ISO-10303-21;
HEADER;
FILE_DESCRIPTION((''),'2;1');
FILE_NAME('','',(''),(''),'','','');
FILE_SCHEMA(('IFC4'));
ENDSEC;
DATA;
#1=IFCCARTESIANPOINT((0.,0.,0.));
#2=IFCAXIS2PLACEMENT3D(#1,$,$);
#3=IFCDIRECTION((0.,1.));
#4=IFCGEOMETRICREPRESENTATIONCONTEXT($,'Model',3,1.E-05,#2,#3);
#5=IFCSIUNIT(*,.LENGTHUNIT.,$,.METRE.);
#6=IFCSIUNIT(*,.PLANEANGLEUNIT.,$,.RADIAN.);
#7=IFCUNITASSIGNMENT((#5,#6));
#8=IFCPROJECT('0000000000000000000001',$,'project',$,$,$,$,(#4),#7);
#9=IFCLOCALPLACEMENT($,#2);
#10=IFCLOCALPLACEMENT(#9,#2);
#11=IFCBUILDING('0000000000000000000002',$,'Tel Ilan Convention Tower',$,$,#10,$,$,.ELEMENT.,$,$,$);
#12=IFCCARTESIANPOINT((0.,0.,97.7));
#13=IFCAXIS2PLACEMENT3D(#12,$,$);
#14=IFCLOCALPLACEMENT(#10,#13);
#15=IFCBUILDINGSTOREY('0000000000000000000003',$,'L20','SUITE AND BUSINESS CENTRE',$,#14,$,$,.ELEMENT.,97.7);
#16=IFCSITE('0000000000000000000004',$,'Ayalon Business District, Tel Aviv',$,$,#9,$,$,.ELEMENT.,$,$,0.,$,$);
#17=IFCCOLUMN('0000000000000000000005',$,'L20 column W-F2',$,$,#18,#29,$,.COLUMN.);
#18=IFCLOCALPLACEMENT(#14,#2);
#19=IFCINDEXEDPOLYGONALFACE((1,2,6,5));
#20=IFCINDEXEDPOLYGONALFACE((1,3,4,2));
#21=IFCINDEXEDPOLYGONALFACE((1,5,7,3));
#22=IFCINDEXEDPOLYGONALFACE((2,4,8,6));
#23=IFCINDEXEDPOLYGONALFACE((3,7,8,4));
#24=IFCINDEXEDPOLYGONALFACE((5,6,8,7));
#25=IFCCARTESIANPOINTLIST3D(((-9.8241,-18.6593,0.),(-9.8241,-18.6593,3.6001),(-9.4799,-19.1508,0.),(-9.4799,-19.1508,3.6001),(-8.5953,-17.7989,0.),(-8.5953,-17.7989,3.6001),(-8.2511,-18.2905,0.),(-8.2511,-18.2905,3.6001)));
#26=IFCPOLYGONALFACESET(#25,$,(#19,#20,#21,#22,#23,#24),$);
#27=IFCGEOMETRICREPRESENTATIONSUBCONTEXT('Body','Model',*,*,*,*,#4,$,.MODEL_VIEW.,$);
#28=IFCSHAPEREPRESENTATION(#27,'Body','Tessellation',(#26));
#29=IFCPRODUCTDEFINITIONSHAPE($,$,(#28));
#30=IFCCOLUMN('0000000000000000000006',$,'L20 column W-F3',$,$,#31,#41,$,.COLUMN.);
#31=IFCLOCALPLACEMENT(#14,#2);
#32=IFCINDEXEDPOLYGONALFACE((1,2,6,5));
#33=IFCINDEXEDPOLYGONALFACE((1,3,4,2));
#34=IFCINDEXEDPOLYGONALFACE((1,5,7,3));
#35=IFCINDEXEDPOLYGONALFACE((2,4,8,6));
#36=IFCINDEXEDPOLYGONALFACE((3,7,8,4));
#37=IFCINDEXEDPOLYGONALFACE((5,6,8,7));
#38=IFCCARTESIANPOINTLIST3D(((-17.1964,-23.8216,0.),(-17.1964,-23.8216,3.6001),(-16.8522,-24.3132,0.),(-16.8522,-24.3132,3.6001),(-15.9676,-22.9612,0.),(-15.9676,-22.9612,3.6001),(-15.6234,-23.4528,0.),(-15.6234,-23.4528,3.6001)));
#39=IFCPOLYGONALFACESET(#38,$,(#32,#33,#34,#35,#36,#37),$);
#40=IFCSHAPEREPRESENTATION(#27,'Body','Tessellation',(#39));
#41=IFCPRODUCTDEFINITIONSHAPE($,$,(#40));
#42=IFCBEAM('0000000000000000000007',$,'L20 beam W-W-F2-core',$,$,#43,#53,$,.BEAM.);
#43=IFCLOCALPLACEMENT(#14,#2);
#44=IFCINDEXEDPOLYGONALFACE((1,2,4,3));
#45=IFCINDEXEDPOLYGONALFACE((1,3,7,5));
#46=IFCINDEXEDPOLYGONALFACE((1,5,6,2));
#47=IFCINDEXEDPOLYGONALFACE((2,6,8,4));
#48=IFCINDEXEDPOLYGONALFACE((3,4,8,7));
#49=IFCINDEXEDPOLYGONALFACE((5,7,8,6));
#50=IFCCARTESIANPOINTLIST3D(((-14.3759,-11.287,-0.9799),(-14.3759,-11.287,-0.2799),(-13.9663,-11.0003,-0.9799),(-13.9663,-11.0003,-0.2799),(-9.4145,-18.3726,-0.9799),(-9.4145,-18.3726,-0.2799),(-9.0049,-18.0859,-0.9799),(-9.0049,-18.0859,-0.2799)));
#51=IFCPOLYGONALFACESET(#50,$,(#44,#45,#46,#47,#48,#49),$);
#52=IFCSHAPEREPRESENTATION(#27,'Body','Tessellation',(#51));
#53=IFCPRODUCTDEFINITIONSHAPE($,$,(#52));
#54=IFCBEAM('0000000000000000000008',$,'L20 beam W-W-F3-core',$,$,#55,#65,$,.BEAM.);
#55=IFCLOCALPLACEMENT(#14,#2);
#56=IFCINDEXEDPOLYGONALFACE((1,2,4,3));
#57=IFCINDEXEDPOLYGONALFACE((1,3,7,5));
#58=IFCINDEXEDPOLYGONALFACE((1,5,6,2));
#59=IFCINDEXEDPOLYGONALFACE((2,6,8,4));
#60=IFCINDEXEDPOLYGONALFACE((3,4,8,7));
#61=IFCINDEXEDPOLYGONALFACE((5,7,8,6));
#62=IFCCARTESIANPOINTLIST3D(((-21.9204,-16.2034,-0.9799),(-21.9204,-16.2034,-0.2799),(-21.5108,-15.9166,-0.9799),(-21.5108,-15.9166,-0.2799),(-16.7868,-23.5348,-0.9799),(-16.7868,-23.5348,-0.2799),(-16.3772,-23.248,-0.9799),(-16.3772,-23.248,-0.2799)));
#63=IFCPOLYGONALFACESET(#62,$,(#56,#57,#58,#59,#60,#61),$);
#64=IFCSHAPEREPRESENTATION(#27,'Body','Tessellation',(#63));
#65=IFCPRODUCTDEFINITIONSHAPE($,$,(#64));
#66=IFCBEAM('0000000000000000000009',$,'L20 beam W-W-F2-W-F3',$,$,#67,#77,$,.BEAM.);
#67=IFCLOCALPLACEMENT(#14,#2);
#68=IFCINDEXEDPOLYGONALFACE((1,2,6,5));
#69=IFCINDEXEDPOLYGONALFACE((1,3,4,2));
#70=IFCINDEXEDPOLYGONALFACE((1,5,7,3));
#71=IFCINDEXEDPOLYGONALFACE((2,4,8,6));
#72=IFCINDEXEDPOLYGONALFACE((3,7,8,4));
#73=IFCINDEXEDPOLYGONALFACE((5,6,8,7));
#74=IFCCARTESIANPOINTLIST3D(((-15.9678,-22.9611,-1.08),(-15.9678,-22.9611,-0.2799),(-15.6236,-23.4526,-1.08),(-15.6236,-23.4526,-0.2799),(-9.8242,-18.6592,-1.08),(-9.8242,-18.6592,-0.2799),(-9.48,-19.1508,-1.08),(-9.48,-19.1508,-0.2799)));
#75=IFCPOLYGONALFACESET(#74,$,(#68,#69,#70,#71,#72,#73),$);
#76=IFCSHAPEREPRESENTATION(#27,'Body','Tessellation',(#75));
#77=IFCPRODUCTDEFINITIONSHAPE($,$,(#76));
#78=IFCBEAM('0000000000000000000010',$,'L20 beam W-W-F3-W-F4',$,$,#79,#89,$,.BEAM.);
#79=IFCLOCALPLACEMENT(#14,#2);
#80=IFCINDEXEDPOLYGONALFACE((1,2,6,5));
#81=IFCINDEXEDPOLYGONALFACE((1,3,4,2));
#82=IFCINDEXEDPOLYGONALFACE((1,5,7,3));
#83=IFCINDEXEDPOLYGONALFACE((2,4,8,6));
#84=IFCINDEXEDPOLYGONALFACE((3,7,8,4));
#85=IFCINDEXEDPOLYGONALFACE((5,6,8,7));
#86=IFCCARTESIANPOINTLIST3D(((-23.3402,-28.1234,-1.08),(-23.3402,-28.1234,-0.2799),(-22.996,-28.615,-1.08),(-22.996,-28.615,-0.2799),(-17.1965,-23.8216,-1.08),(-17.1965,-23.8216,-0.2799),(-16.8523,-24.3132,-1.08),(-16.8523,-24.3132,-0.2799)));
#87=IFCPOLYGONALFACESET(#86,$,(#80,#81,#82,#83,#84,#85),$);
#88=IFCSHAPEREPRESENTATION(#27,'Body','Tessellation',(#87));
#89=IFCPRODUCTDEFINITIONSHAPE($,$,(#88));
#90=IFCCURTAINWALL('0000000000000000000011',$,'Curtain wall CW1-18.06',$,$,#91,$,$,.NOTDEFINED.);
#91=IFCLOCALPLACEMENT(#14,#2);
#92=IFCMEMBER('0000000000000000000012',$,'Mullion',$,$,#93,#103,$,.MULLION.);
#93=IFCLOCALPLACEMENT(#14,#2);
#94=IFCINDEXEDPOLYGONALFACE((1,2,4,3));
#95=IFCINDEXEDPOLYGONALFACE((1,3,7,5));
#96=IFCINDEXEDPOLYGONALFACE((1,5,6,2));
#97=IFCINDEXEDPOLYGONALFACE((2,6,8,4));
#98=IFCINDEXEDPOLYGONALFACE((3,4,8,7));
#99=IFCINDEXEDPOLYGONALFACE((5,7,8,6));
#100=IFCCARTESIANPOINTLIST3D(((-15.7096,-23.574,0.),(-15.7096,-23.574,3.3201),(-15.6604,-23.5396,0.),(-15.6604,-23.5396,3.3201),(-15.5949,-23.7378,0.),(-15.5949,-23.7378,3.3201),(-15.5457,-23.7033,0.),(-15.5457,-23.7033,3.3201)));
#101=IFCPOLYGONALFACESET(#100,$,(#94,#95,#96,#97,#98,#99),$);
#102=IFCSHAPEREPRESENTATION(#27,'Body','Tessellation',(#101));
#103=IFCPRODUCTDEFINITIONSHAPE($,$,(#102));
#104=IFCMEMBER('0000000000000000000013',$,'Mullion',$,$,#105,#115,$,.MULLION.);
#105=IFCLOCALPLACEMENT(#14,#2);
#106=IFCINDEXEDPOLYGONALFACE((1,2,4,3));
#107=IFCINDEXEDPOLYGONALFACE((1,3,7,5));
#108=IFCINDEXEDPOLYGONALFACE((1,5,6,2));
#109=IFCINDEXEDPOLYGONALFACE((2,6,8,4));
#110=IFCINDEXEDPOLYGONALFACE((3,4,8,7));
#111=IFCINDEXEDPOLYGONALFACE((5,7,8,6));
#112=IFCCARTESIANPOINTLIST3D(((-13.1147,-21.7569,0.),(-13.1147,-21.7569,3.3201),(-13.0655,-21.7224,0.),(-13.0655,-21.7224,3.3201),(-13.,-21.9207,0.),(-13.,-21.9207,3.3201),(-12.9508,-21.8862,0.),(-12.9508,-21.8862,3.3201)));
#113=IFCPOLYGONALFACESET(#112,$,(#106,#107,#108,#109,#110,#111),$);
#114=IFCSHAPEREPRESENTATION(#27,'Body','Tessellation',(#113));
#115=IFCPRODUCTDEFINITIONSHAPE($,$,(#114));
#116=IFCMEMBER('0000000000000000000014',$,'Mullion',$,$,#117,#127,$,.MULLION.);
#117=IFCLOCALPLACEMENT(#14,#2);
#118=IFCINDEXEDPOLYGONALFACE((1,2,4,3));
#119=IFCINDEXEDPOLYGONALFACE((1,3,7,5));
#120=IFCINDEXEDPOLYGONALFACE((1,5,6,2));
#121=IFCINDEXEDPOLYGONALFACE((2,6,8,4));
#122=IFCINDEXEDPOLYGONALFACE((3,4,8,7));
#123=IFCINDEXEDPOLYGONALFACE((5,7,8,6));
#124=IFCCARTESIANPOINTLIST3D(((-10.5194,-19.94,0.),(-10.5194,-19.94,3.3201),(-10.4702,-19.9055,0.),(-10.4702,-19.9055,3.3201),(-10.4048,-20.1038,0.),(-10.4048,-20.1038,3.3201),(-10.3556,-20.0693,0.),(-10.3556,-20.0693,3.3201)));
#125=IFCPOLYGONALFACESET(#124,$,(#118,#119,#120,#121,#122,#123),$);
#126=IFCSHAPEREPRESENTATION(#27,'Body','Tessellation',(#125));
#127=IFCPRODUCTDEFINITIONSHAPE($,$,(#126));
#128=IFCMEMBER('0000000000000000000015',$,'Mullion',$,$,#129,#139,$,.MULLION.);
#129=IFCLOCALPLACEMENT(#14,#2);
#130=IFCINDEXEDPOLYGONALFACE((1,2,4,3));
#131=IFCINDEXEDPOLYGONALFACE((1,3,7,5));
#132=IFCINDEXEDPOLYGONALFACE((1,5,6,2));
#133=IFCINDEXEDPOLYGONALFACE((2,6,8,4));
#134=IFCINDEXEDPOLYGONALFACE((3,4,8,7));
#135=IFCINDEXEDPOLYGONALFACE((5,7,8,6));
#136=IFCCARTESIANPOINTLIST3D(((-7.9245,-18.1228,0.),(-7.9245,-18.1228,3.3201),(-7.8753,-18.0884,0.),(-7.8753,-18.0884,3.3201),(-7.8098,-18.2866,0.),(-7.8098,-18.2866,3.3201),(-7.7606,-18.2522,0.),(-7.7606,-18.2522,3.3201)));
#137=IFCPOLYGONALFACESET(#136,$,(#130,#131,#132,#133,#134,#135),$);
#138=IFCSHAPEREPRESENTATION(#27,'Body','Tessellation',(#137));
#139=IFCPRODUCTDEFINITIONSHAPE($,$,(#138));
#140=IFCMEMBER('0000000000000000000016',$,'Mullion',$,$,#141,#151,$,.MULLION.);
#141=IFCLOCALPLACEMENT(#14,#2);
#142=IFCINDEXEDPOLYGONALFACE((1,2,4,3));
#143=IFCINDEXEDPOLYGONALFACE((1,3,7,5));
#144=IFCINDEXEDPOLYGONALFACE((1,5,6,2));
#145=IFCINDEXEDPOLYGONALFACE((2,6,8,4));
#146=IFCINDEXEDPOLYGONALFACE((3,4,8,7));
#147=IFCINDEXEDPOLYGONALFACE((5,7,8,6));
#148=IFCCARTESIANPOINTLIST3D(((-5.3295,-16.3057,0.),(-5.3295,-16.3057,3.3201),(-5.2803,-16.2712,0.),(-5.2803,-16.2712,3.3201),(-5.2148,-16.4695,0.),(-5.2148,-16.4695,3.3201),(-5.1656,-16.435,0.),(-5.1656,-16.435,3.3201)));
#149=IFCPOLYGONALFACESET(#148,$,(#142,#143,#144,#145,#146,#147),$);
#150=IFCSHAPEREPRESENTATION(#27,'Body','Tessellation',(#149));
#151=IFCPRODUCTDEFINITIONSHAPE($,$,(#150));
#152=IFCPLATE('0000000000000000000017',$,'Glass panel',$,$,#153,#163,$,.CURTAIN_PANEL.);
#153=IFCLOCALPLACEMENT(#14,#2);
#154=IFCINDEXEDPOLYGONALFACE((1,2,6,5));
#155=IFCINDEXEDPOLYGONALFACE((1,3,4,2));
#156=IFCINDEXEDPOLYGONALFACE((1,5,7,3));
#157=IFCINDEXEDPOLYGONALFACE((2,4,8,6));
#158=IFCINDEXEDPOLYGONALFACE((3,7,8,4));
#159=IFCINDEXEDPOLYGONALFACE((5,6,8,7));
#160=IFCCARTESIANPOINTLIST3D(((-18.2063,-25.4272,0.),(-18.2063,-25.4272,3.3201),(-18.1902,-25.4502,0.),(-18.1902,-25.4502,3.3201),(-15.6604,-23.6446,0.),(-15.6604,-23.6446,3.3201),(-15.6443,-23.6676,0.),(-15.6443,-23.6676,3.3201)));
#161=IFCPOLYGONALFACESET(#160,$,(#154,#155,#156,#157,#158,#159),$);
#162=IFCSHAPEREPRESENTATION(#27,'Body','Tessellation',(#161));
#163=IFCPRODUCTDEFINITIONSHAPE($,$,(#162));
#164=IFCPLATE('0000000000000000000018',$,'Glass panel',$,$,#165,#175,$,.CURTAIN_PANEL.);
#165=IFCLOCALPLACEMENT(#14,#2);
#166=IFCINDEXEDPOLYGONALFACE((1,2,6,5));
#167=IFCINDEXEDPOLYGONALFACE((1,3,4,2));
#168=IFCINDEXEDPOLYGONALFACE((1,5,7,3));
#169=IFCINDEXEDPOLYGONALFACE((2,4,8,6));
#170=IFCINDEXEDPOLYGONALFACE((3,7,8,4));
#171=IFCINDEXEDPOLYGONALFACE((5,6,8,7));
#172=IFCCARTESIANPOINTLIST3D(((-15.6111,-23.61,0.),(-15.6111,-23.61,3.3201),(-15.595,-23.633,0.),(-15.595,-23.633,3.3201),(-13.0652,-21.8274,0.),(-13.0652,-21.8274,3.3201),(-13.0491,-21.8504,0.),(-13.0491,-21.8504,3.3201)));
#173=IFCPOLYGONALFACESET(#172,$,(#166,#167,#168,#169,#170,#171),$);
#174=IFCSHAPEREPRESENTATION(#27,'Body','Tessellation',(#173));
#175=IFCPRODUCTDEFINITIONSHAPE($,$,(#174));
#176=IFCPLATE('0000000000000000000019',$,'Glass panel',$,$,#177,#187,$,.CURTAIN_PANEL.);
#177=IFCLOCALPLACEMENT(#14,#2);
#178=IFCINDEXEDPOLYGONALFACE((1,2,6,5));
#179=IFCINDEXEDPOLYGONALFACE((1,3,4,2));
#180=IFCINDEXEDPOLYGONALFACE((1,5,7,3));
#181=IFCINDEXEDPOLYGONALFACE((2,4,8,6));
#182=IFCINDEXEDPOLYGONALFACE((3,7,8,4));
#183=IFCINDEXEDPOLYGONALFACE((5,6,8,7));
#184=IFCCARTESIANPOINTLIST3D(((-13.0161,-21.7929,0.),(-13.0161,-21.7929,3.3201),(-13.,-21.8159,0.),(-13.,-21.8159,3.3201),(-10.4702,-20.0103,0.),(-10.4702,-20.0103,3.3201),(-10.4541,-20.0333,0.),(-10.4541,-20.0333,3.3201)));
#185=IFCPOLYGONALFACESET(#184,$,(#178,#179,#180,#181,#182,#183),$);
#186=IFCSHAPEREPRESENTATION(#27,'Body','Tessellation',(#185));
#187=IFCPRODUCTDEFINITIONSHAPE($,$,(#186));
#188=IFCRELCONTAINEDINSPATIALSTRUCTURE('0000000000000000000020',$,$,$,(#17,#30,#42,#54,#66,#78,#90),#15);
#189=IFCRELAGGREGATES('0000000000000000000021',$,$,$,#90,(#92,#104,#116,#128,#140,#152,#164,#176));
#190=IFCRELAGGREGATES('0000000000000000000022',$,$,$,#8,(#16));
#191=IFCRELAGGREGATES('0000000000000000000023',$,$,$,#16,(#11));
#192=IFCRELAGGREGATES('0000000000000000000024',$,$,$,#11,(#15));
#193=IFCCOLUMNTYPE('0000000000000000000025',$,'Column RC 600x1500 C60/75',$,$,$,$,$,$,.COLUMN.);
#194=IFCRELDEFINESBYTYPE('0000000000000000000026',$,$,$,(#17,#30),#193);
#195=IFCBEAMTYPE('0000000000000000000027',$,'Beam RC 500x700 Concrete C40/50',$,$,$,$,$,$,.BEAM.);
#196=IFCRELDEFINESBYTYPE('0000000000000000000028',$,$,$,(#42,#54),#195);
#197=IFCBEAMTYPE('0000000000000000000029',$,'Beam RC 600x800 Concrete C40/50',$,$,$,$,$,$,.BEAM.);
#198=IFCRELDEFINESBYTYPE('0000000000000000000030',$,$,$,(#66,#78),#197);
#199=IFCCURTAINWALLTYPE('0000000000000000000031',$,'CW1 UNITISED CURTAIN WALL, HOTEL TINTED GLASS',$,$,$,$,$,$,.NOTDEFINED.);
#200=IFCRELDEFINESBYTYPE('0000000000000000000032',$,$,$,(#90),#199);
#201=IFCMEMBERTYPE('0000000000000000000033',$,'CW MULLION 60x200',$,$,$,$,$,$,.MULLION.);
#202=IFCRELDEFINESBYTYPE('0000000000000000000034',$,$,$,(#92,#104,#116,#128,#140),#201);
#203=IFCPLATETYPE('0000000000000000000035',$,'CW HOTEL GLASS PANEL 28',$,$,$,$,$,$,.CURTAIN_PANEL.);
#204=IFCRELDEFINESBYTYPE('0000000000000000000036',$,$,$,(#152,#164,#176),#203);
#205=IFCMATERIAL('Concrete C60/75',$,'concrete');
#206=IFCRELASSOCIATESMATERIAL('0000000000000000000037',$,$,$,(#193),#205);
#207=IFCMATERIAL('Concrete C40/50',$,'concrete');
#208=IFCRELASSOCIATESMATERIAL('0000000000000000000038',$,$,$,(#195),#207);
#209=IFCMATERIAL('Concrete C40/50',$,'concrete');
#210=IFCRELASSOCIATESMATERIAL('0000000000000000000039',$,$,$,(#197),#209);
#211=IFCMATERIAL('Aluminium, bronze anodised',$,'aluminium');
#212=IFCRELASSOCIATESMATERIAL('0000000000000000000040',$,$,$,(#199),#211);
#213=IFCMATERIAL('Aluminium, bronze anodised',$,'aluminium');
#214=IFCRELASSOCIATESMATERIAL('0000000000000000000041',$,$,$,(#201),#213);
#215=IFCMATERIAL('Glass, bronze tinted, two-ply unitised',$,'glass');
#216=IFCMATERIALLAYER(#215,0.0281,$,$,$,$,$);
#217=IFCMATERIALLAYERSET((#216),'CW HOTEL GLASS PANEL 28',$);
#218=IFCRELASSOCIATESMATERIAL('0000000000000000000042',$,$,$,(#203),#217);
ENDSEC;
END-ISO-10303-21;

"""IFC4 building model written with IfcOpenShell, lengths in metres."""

from ifc_helpers import new_model, si_unit, direction, frame, origin, origin_2d, place, context, subcontext, project, spatial, rectangle, extrude, material, layer, layer_set, material_profile, profile_set, type_object, element, aggregate, save


model = new_model("IFC4")

# Units and contexts
model_context = context("Model", 3, precision=1e-05, world=origin(), true_north=direction((0.0, 1.0)))
body_context = subcontext(model_context, "Body", "Model", "MODEL_VIEW")
ifc_project = project(units=[si_unit("LENGTHUNIT", "METRE"), si_unit("PLANEANGLEUNIT", "RADIAN")], contexts=[model_context])

# Site, building, storey
site_placement = place(None, origin())
site = spatial("IfcSite", under=ifc_project, at=site_placement, Name="Ayalon Business District, Tel Aviv", CompositionType="ELEMENT", RefElevation=0.0)
building_placement = place(site_placement, origin())
building = spatial("IfcBuilding", under=site, at=building_placement, Name="Tel Ilan Convention Tower", CompositionType="ELEMENT")
storey_placement = place(building_placement, frame((0.0, 0.0, 97.7)))
storey = spatial("IfcBuildingStorey", under=building, at=storey_placement, Name="L20", Description="SUITE AND BUSINESS CENTRE", CompositionType="ELEMENT", Elevation=97.7)

# Columns
ifc_material_1 = material(Name="Concrete C60/75", Category="concrete")
ifc_material_profile_1 = material_profile(ifc_material_1, rectangle(XDim=1.5, YDim=0.6001, at=origin_2d()), Name="RC 600x1500")
ifc_profile_set_1 = profile_set([ifc_material_profile_1], Name="Concrete C60/75")
column_type = type_object("IfcColumnType", Name="Column RC 600x1500 C60/75", PredefinedType="COLUMN", material=ifc_profile_set_1)
for number, where, z_axis, x_axis, name in (
    (1, (-9.0376, -18.4749, 0.0), (0.0, 0.0, 1.0), (-0.819152, -0.573576, 0.0), "L20 column W-F2"),
    (2, (-16.4099, -23.6372, 0.0), (0.0, 0.0, 1.0), (-0.819152, -0.573576, 0.0), "L20 column W-F3"),
):
    element("IfcColumn", number, at=place(storey_placement, frame(where, z_axis=z_axis, x_axis=x_axis)), inside=storey, type_object=column_type, Name=name, PredefinedType="COLUMN", context=body_context, shape_type="SweptSolid", body=[
        extrude(rectangle(XDim=1.5, YDim=0.6001, at=origin_2d()), origin(), (0.0, 0.0, 1.0), 3.6001),
    ])

# Beams
ifc_material_2 = material(Name="Concrete C40/50", Category="concrete")
ifc_material_profile_2 = material_profile(ifc_material_2, rectangle(XDim=0.5, YDim=0.7, at=origin_2d()), Name="RC 500x700")
ifc_profile_set_2 = profile_set([ifc_material_profile_2], Name="Concrete C40/50")
beam_type_1 = type_object("IfcBeamType", Name="Beam RC 500x700 Concrete C40/50", PredefinedType="BEAM", material=ifc_profile_set_2)
beam_1_placement = place(storey_placement, frame((-9.2097, -18.2292, -0.6299), z_axis=(-0.573574, 0.819154, 0.0), x_axis=(-0.819154, -0.573574, 0.0)))
element("IfcBeam", 3, at=beam_1_placement, inside=storey, type_object=beam_type_1, Name="L20 beam W-W-F2-core", PredefinedType="BEAM", context=body_context, shape_type="SweptSolid", body=[
    extrude(rectangle(XDim=0.5, YDim=0.7, at=origin_2d()), origin(), (0.0, 0.0, 1.0), 8.6499),
])
beam_2_placement = place(storey_placement, frame((-16.582, -23.3914, -0.6299), z_axis=(-0.573585, 0.819146, 0.0), x_axis=(-0.819146, -0.573585, 0.0)))
element("IfcBeam", 4, at=beam_2_placement, inside=storey, type_object=beam_type_1, Name="L20 beam W-W-F3-core", PredefinedType="BEAM", context=body_context, shape_type="SweptSolid", body=[
    extrude(rectangle(XDim=0.5, YDim=0.7, at=origin_2d()), origin(), (0.0, 0.0, 1.0), 8.95),
])
ifc_material_3 = material(Name="Concrete C40/50", Category="concrete")
ifc_material_profile_3 = material_profile(ifc_material_3, rectangle(XDim=0.6001, YDim=0.8, at=origin_2d()), Name="RC 600x800")
ifc_profile_set_3 = profile_set([ifc_material_profile_3], Name="Concrete C40/50")
beam_type_2 = type_object("IfcBeamType", Name="Beam RC 600x800 Concrete C40/50", PredefinedType="BEAM", material=ifc_profile_set_3)
for number, where, z_axis, x_axis, name in (
    (5, (-9.6521, -18.905, -0.6799), (-0.819152, -0.573576, 0.0), (0.573576, -0.819152, 0.0), "L20 beam W-W-F2-W-F3"),
    (6, (-17.0244, -24.0674, -0.6799), (-0.819152, -0.573576, 0.0), (0.573576, -0.819152, 0.0), "L20 beam W-W-F3-W-F4"),
):
    element("IfcBeam", number, at=place(storey_placement, frame(where, z_axis=z_axis, x_axis=x_axis)), inside=storey, type_object=beam_type_2, Name=name, PredefinedType="BEAM", context=body_context, shape_type="SweptSolid", body=[
        extrude(rectangle(XDim=0.6001, YDim=0.8, at=origin_2d()), origin(), (0.0, 0.0, 1.0), 7.5),
    ])

# Curtain wall, members, plates
ifc_material_4 = material(Name="Aluminium, bronze anodised", Category="aluminium")
curtain_wall_type = type_object("IfcCurtainWallType", Name="CW1 UNITISED CURTAIN WALL, HOTEL TINTED GLASS", PredefinedType="NOTDEFINED", material=ifc_material_4)
curtain_wall_placement = place(storey_placement, origin())
curtain_wall = element("IfcCurtainWall", 7, at=curtain_wall_placement, inside=storey, type_object=curtain_wall_type, Name="Curtain wall CW1-18.06", PredefinedType="NOTDEFINED")
ifc_material_5 = material(Name="Aluminium, bronze anodised", Category="aluminium")
ifc_material_profile_4 = material_profile(ifc_material_5, rectangle(XDim=0.0601, YDim=0.2, at=origin_2d()), Name="CW MULLION 60x200")
ifc_profile_set_4 = profile_set([ifc_material_profile_4], Name="Aluminium, bronze anodised")
member_type = type_object("IfcMemberType", Name="CW MULLION 60x200", PredefinedType="MULLION", material=ifc_profile_set_4)
member_1_placement = place(storey_placement, frame((-15.6277, -23.6387, 0.0), z_axis=(0.0, 0.0, 1.0), x_axis=(0.819152, 0.573576, 0.0)))
member_1 = element("IfcMember", 8, at=member_1_placement, type_object=member_type, Name="Mullion", PredefinedType="MULLION", context=body_context, shape_type="SweptSolid", body=[
    extrude(rectangle(XDim=0.0601, YDim=0.2, at=origin_2d()), origin(), (0.0, 0.0, 1.0), 3.3201),
])
member_2_placement = place(storey_placement, frame((-13.0327, -21.8215, 0.0), z_axis=(0.0, 0.0, 1.0), x_axis=(0.819152, 0.573576, 0.0)))
member_2 = element("IfcMember", 9, at=member_2_placement, type_object=member_type, Name="Mullion", PredefinedType="MULLION", context=body_context, shape_type="SweptSolid", body=[
    extrude(rectangle(XDim=0.0601, YDim=0.2, at=origin_2d()), origin(), (0.0, 0.0, 1.0), 3.3201),
])
member_3_placement = place(storey_placement, frame((-10.4375, -20.0046, 0.0), z_axis=(0.0, 0.0, 1.0), x_axis=(0.819152, 0.573576, 0.0)))
member_3 = element("IfcMember", 10, at=member_3_placement, type_object=member_type, Name="Mullion", PredefinedType="MULLION", context=body_context, shape_type="SweptSolid", body=[
    extrude(rectangle(XDim=0.0601, YDim=0.2, at=origin_2d()), origin(), (0.0, 0.0, 1.0), 3.3201),
])
member_4_placement = place(storey_placement, frame((-7.8425, -18.1875, 0.0), z_axis=(0.0, 0.0, 1.0), x_axis=(0.819152, 0.573576, 0.0)))
member_4 = element("IfcMember", 11, at=member_4_placement, type_object=member_type, Name="Mullion", PredefinedType="MULLION", context=body_context, shape_type="SweptSolid", body=[
    extrude(rectangle(XDim=0.0601, YDim=0.2, at=origin_2d()), origin(), (0.0, 0.0, 1.0), 3.3201),
])
member_5_placement = place(storey_placement, frame((-5.2476, -16.3704, 0.0), z_axis=(0.0, 0.0, 1.0), x_axis=(0.819152, 0.573576, 0.0)))
member_5 = element("IfcMember", 12, at=member_5_placement, type_object=member_type, Name="Mullion", PredefinedType="MULLION", context=body_context, shape_type="SweptSolid", body=[
    extrude(rectangle(XDim=0.0601, YDim=0.2, at=origin_2d()), origin(), (0.0, 0.0, 1.0), 3.3201),
])
ifc_material_6 = material(Name="Glass, bronze tinted, two-ply unitised", Category="glass")
ifc_layer_1 = layer(ifc_material_6, 0.0281)
ifc_layer_set_1 = layer_set([ifc_layer_1], Name="CW HOTEL GLASS PANEL 28")
plate_type = type_object("IfcPlateType", Name="CW HOTEL GLASS PANEL 28", PredefinedType="CURTAIN_PANEL", material=ifc_layer_set_1)
plate_1_placement = place(storey_placement, frame((-16.9253, -24.5474, 0.0), z_axis=(0.0, 0.0, 1.0), x_axis=(0.819152, 0.573576, 0.0)))
plate_1 = element("IfcPlate", 13, at=plate_1_placement, type_object=plate_type, Name="Glass panel", PredefinedType="CURTAIN_PANEL", context=body_context, shape_type="SweptSolid", body=[
    extrude(rectangle(XDim=3.1079, YDim=0.0281, at=origin_2d()), origin(), (0.0, 0.0, 1.0), 3.3201),
])
plate_2_placement = place(storey_placement, frame((-14.3301, -22.7302, 0.0), z_axis=(0.0, 0.0, 1.0), x_axis=(0.819152, 0.573576, 0.0)))
plate_2 = element("IfcPlate", 14, at=plate_2_placement, type_object=plate_type, Name="Glass panel", PredefinedType="CURTAIN_PANEL", context=body_context, shape_type="SweptSolid", body=[
    extrude(rectangle(XDim=3.1079, YDim=0.0281, at=origin_2d()), origin(), (0.0, 0.0, 1.0), 3.3201),
])
plate_3_placement = place(storey_placement, frame((-11.7351, -20.9131, 0.0), z_axis=(0.0, 0.0, 1.0), x_axis=(0.819152, 0.573576, 0.0)))
plate_3 = element("IfcPlate", 15, at=plate_3_placement, type_object=plate_type, Name="Glass panel", PredefinedType="CURTAIN_PANEL", context=body_context, shape_type="SweptSolid", body=[
    extrude(rectangle(XDim=3.1079, YDim=0.0281, at=origin_2d()), origin(), (0.0, 0.0, 1.0), 3.3201),
])
aggregate(curtain_wall, [member_1, member_2, member_3, member_4, member_5, plate_1, plate_2, plate_3])

save(model, "model.ifc")
